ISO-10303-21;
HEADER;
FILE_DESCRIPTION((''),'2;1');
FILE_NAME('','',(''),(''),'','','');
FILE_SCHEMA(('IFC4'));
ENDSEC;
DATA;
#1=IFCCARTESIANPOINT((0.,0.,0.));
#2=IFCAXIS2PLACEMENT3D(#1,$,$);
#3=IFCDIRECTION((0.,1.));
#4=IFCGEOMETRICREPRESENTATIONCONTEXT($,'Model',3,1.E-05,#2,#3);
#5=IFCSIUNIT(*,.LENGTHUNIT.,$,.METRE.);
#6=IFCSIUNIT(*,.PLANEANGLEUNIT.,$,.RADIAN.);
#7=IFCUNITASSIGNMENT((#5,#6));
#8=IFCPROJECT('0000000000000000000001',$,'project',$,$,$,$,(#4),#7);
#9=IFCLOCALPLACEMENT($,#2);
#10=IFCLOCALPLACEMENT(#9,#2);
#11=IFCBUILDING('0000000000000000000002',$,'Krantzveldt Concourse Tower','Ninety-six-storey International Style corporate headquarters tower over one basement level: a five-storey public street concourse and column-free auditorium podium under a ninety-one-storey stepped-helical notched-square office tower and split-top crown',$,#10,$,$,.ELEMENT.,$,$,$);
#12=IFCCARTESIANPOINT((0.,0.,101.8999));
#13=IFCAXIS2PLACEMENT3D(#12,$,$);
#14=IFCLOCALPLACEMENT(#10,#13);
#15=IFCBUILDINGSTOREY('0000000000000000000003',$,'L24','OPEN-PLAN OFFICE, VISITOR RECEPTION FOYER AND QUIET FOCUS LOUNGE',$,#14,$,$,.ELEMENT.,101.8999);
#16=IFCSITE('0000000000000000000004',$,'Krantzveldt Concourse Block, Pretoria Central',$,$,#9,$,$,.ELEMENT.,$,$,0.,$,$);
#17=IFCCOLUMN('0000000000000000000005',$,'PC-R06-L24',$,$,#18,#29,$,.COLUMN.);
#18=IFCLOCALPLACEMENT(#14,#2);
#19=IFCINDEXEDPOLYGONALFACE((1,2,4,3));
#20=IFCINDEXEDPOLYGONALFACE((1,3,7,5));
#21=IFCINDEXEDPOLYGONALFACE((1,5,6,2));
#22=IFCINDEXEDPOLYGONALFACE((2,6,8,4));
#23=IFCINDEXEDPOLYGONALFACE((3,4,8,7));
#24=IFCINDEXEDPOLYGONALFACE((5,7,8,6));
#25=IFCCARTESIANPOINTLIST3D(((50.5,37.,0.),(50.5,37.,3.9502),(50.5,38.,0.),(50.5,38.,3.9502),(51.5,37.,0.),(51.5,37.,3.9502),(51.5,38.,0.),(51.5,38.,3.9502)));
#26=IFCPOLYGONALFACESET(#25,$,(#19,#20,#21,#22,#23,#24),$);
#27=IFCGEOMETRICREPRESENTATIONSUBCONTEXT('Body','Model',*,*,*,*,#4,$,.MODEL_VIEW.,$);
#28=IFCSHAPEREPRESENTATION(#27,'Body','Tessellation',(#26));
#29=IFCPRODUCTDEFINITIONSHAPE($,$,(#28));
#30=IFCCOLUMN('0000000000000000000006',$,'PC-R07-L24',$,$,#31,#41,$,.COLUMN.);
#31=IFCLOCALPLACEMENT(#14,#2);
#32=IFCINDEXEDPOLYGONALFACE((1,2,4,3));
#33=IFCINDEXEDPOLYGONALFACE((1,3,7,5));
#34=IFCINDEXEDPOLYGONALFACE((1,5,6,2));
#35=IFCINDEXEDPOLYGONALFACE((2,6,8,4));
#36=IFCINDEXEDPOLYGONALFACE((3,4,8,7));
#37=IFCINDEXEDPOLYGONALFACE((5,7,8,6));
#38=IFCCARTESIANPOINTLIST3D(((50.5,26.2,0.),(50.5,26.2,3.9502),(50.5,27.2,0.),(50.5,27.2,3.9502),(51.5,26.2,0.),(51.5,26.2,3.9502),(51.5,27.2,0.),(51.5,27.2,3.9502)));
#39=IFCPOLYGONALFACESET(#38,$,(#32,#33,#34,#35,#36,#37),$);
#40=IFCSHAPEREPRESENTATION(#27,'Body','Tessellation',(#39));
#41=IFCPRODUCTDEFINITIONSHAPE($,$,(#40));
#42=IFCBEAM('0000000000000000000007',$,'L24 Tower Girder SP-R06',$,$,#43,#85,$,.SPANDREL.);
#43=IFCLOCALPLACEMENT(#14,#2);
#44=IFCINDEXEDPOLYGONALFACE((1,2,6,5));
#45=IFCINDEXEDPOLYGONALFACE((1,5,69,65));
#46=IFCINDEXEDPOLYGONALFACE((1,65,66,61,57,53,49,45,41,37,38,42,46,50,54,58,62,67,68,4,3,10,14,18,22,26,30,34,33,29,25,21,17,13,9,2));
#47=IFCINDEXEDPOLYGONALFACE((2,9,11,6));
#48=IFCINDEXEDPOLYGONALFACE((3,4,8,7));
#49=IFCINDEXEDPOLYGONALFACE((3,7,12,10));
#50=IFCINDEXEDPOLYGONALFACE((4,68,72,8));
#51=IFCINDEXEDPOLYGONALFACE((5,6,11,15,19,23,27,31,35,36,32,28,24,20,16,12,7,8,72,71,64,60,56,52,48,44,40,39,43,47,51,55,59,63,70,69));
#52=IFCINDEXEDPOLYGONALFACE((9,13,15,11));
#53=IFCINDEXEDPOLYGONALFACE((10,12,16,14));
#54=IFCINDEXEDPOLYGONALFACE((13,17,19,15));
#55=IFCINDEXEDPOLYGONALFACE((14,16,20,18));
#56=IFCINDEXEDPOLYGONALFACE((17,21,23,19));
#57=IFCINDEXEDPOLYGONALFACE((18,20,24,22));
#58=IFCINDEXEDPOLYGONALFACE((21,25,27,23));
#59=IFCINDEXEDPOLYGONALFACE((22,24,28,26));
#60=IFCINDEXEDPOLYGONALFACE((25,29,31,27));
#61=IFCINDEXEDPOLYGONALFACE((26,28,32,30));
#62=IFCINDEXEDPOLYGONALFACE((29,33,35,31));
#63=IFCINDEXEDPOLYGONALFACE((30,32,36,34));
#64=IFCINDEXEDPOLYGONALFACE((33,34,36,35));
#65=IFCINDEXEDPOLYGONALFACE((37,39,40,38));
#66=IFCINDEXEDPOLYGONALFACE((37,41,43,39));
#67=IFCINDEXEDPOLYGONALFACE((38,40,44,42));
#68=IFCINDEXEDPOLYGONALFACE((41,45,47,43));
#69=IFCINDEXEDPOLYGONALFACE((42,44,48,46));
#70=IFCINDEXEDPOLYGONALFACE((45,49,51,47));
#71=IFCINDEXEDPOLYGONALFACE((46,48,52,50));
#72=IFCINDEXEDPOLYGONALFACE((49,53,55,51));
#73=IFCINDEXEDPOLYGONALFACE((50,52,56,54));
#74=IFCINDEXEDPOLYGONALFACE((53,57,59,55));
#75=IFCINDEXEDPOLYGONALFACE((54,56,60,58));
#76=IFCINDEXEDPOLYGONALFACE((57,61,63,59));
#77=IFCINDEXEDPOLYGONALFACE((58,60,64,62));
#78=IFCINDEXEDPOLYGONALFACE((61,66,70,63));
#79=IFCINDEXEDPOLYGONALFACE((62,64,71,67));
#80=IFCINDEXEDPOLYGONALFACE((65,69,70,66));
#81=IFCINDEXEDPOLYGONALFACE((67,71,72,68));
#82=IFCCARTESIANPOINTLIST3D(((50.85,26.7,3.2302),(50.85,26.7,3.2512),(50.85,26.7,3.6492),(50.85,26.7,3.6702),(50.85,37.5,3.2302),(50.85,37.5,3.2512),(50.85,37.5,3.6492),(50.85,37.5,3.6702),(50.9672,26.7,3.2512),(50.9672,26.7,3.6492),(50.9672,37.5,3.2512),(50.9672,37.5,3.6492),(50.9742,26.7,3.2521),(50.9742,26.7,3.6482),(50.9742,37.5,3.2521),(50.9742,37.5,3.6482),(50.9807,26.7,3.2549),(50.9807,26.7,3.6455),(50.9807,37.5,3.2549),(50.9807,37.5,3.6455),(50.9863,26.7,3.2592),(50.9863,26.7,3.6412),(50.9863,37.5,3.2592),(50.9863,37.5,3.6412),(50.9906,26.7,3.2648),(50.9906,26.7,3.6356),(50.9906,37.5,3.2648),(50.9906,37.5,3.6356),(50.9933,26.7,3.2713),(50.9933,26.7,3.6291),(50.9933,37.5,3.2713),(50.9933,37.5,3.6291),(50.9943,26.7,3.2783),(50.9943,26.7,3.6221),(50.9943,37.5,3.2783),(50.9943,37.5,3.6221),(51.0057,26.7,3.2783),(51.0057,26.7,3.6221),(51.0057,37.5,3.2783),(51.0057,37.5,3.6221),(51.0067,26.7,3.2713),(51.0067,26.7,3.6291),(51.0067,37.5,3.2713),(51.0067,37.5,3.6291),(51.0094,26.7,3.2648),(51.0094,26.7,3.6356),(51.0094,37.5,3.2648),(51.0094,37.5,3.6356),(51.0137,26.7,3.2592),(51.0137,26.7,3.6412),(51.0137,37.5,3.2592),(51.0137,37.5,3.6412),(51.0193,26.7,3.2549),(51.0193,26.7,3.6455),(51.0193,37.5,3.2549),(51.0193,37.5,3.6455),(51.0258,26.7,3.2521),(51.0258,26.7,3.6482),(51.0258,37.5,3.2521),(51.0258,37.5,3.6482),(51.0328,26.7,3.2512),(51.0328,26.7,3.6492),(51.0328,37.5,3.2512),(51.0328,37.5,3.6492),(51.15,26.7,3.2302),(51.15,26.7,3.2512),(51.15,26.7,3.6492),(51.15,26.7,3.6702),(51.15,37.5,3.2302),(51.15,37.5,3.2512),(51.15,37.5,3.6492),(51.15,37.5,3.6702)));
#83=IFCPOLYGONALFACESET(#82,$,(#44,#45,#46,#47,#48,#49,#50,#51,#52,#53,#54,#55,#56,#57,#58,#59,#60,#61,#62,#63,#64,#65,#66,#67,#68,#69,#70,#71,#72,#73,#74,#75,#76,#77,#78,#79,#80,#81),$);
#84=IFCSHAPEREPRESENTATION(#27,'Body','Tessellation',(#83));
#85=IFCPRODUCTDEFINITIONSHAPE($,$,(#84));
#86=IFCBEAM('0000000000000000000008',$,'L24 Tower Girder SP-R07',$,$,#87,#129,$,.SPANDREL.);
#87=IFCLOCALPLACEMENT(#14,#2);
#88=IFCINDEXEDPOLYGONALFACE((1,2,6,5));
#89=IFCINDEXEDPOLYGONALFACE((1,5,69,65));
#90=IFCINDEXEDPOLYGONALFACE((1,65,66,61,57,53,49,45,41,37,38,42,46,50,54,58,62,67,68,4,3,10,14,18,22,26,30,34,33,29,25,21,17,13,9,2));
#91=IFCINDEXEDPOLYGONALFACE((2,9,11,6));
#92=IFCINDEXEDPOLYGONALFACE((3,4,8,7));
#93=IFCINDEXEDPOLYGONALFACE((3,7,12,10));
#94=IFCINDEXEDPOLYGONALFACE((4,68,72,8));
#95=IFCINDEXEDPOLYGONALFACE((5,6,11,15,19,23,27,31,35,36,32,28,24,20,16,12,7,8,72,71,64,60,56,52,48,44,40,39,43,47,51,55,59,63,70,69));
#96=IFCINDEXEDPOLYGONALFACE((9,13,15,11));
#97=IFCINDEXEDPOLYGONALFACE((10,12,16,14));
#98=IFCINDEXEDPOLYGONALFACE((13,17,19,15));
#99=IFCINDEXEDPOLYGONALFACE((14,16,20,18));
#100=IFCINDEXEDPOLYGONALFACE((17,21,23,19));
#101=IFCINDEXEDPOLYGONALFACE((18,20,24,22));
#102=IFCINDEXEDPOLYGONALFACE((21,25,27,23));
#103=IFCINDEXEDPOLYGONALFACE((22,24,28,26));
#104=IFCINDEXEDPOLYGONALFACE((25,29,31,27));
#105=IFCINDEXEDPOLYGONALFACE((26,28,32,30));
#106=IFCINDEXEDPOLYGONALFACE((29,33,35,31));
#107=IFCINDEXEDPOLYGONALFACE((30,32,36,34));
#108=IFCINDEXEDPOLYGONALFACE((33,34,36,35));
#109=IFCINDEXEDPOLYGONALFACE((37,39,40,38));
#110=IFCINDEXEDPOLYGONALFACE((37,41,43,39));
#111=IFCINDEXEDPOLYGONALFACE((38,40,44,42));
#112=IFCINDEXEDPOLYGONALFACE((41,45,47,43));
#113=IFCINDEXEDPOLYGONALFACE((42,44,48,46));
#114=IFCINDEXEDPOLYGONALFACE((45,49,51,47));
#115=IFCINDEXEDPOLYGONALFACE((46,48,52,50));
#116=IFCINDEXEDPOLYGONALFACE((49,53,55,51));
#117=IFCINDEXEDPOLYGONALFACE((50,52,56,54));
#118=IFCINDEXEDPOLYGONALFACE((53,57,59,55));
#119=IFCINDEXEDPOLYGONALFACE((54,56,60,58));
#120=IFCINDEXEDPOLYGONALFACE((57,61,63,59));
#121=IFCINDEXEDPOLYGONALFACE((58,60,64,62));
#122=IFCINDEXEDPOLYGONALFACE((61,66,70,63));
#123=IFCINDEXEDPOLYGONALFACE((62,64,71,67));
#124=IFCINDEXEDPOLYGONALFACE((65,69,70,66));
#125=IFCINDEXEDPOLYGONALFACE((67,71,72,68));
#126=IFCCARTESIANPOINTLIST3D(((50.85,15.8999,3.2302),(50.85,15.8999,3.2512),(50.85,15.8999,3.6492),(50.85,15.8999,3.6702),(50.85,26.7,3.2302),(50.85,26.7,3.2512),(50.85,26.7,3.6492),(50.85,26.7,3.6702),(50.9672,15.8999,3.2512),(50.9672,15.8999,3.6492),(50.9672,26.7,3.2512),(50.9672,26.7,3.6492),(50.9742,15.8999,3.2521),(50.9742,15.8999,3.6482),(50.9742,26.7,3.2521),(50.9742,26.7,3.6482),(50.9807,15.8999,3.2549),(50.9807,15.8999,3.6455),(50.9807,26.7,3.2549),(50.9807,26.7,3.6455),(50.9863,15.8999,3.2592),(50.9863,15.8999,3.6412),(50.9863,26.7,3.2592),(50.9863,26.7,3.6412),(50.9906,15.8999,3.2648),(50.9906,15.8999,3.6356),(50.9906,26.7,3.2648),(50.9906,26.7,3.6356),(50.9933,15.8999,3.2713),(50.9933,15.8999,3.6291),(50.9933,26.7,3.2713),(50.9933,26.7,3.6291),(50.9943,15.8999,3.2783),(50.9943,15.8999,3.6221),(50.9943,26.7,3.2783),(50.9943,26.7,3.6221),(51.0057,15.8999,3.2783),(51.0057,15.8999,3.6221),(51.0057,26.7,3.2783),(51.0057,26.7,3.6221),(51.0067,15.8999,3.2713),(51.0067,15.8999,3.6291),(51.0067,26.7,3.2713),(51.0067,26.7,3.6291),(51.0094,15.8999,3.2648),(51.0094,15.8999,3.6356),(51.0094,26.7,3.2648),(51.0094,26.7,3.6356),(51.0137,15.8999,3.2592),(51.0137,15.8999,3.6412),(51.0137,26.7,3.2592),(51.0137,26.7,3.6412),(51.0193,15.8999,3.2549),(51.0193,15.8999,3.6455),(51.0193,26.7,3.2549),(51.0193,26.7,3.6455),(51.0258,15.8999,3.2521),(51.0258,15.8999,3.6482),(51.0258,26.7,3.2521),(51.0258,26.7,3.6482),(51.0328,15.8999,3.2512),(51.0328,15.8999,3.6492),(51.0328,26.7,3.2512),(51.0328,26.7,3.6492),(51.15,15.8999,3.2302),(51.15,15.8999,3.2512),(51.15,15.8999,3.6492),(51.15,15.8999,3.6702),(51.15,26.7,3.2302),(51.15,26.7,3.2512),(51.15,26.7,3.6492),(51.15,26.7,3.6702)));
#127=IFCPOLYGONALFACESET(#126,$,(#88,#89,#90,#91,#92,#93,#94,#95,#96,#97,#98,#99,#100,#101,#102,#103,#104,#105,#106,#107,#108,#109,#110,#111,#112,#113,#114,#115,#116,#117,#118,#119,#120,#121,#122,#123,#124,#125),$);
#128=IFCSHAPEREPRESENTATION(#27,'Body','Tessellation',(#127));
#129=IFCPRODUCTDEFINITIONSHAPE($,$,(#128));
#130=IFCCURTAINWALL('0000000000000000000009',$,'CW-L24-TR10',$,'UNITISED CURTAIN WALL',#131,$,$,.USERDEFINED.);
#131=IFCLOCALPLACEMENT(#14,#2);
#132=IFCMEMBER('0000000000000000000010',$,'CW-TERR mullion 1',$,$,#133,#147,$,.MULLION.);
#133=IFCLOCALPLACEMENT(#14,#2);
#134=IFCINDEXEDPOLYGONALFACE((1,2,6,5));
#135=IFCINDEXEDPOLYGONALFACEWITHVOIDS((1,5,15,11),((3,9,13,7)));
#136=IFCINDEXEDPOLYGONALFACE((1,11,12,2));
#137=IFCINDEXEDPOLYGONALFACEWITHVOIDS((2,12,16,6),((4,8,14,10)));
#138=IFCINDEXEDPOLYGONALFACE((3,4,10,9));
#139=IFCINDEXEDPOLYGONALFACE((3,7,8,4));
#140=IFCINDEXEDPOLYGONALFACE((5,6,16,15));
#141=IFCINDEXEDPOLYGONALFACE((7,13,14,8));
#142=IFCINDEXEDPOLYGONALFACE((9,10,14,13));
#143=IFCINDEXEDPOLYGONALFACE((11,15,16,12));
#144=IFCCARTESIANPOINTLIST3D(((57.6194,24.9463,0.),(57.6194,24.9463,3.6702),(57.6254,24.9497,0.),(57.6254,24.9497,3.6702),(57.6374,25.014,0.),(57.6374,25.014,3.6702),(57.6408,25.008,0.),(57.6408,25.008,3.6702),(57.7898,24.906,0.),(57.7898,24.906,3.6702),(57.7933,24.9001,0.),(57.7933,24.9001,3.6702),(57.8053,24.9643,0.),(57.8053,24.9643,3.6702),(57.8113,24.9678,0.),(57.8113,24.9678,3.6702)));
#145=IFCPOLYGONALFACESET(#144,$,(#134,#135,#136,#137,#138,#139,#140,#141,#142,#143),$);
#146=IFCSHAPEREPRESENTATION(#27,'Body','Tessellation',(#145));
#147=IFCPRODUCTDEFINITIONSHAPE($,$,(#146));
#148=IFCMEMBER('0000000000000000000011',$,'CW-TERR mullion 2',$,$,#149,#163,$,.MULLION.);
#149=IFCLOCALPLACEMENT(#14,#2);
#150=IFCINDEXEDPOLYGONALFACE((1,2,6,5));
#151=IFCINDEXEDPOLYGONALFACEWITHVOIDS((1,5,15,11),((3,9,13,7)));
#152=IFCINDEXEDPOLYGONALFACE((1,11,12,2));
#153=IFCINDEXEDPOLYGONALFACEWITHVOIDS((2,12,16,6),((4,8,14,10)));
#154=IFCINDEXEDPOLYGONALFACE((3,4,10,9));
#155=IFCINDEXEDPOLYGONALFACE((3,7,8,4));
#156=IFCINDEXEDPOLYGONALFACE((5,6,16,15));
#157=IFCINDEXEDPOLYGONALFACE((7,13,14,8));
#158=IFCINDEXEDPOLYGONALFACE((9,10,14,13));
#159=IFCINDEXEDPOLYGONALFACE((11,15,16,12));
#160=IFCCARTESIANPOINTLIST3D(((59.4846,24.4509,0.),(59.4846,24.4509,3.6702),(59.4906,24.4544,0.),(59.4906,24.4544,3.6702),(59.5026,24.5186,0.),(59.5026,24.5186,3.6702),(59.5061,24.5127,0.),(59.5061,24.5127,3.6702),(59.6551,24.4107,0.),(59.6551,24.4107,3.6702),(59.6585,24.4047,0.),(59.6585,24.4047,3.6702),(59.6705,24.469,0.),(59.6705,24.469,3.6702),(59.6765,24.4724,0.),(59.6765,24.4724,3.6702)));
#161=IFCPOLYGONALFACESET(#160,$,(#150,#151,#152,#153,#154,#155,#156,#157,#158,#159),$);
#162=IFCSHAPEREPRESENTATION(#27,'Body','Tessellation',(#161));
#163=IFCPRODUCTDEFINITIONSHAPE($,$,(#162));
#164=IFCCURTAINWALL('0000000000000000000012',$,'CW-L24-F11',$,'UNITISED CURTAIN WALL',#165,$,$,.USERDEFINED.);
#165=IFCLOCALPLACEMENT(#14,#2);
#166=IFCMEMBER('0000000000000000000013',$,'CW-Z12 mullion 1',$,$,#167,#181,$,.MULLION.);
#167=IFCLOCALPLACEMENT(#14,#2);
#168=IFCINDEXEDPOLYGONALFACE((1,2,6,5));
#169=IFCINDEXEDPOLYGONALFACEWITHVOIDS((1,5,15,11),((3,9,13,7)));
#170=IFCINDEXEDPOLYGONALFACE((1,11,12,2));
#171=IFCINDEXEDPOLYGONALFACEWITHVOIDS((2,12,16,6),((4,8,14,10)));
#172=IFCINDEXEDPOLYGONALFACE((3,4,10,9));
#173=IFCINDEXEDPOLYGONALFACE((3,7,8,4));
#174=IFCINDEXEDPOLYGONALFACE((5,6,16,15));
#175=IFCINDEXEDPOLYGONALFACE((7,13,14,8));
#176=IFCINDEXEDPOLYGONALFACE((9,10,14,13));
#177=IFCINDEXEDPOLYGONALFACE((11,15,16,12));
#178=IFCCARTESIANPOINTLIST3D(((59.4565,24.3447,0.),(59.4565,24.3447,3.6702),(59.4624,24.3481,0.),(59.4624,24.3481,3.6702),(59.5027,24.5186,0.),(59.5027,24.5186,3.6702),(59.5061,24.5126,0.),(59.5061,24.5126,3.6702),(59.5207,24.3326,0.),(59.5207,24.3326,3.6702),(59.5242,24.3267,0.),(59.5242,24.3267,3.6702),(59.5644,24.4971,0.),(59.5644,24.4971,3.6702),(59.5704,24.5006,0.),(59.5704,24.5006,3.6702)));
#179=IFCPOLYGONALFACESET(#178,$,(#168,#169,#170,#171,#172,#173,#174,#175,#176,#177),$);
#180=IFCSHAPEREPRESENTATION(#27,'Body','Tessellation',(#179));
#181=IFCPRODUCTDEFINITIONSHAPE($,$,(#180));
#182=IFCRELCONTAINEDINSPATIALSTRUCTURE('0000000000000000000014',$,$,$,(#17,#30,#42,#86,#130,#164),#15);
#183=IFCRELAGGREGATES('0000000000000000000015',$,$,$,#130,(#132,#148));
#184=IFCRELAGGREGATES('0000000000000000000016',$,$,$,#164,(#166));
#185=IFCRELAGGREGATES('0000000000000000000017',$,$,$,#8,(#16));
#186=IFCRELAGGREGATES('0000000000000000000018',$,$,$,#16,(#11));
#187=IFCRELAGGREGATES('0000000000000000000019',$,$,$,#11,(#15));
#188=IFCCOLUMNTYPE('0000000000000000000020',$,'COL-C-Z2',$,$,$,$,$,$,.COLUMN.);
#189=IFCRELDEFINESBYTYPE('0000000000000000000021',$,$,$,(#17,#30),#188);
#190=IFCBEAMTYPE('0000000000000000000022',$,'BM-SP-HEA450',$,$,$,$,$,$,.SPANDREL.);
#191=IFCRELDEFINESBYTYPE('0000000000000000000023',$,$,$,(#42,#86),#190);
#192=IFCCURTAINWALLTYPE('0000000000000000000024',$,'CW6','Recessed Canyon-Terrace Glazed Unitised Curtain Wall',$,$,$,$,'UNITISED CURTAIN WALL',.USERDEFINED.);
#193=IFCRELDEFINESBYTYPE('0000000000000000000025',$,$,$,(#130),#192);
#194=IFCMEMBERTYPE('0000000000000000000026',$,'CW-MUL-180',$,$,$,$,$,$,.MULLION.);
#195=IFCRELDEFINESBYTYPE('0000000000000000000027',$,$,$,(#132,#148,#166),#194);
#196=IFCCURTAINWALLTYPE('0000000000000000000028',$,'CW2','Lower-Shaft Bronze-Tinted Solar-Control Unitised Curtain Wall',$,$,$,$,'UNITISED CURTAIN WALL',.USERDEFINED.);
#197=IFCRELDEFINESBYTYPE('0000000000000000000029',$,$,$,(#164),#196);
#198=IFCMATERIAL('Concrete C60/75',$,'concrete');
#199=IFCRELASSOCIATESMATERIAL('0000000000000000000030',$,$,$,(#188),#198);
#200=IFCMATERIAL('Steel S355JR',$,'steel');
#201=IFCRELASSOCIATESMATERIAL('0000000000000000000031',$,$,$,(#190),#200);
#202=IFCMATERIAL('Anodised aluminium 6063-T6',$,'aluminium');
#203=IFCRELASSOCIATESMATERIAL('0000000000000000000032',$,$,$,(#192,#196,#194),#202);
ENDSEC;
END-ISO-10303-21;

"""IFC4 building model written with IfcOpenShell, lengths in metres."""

from ifc_helpers import new_model, si_unit, direction, frame, origin, origin_2d, place, context, subcontext, project, spatial, rectangle, hollow_rectangle, i_section, extrude, source, transform, mapped, material, material_profile, profile_set, type_object, type_shapes, element, aggregate, save


model = new_model("IFC4")

# Units and contexts
model_context = context("Model", 3, precision=1e-05, world=origin(), true_north=direction((0.0, 1.0)))
body_context = subcontext(model_context, "Body", "Model", "MODEL_VIEW")
ifc_project = project(units=[si_unit("LENGTHUNIT", "METRE"), si_unit("PLANEANGLEUNIT", "RADIAN")], contexts=[model_context])

# Site, building, storey
site_placement = place(None, origin())
site = spatial("IfcSite", under=ifc_project, at=site_placement, Name="Krantzveldt Concourse Block, Pretoria Central", CompositionType="ELEMENT", RefElevation=0.0)
building_placement = place(site_placement, origin())
building = spatial("IfcBuilding", under=site, at=building_placement, Name="Krantzveldt Concourse Tower", Description="Ninety-six-storey International Style corporate headquarters tower over one basement level: a five-storey public street concourse and column-free auditorium podium under a ninety-one-storey stepped-helical notched-square office tower and split-top crown", CompositionType="ELEMENT")
storey_placement = place(building_placement, frame((0.0, 0.0, 101.8999)))
storey = spatial("IfcBuildingStorey", under=building, at=storey_placement, Name="L24", Description="OPEN-PLAN OFFICE, VISITOR RECEPTION FOYER AND QUIET FOCUS LOUNGE", CompositionType="ELEMENT", Elevation=101.8999)

# Columns
ifc_material_1 = material(Name="Concrete C60/75", Category="concrete")
ifc_material_profile_1 = material_profile(ifc_material_1, rectangle(XDim=1.0, YDim=1.0, at=origin_2d()), Name="Concrete C60/75", Category="concrete")
ifc_profile_set_1 = profile_set([ifc_material_profile_1], Name="Concrete C60/75 - RC 1000x1000")
column_type = type_object("IfcColumnType", Name="COL-C-Z2", PredefinedType="COLUMN", material=ifc_profile_set_1)
shared_shape_1 = source(origin(), body_context, "Body", "SweptSolid", [
    extrude(rectangle(XDim=1.0, YDim=1.0, at=origin_2d()), origin(), (0.0, 0.0, 1.0), 3.9502),
])
type_shapes(column_type, [shared_shape_1])
for number, where, z_axis, x_axis, name in (
    (1, (51.0, 37.5, 0.0), (0.0, 0.0, 1.0), (1.0, 0.0, 0.0), "PC-R06-L24"),
    (2, (51.0, 26.7, 0.0), (0.0, 0.0, 1.0), (1.0, 0.0, 0.0), "PC-R07-L24"),
):
    element("IfcColumn", number, at=place(storey_placement, frame(where, z_axis=z_axis, x_axis=x_axis)), inside=storey, type_object=column_type, Name=name, PredefinedType="COLUMN", context=body_context, shape_type="MappedRepresentation", body=[
        mapped(shared_shape_1, transform((0.0, 0.0, 0.0), x_axis=(1.0, 0.0, 0.0), y_axis=(0.0, 1.0, 0.0), z_axis=(0.0, 0.0, 1.0), scale=1.0)),
    ])

# Beams
ifc_material_2 = material(Name="Steel S355JR", Category="steel")
ifc_material_profile_2 = material_profile(ifc_material_2, i_section(OverallWidth=0.3, OverallDepth=0.4399, WebThickness=0.0115, FlangeThickness=0.021, FilletRadius=0.0271, at=origin_2d()), Name="Steel S355JR", Category="steel")
ifc_profile_set_2 = profile_set([ifc_material_profile_2], Name="Steel S355JR - HEA 450")
beam_type = type_object("IfcBeamType", Name="BM-SP-HEA450", PredefinedType="SPANDREL", material=ifc_profile_set_2)
shared_shape_2 = source(origin(), body_context, "Body", "SweptSolid", [
    extrude(i_section(OverallWidth=0.3, OverallDepth=0.4399, WebThickness=0.0115, FlangeThickness=0.021, FilletRadius=0.0271, at=origin_2d()), origin(), (0.0, 0.0, 1.0), 10.8),
])
type_shapes(beam_type, [shared_shape_2])
for number, where, z_axis, x_axis, name in (
    (3, (51.0, 37.5, 3.4502), (0.0, -1.0, 0.0), (1.0, 0.0, 0.0), "L24 Tower Girder SP-R06"),
    (4, (51.0, 26.7, 3.4502), (0.0, -1.0, 0.0), (1.0, 0.0, 0.0), "L24 Tower Girder SP-R07"),
):
    element("IfcBeam", number, at=place(storey_placement, frame(where, z_axis=z_axis, x_axis=x_axis)), inside=storey, type_object=beam_type, Name=name, PredefinedType="SPANDREL", context=body_context, shape_type="MappedRepresentation", body=[
        mapped(shared_shape_2, transform((0.0, 0.0, 0.0), x_axis=(1.0, 0.0, 0.0), y_axis=(0.0, 1.0, 0.0), z_axis=(0.0, 0.0, 1.0), scale=1.0)),
    ])

# Curtain walls, members
ifc_material_3 = material(Name="Anodised aluminium 6063-T6", Category="aluminium")
curtain_wall_type_1 = type_object("IfcCurtainWallType", Name="CW6", Description="Recessed Canyon-Terrace Glazed Unitised Curtain Wall", ElementType="UNITISED CURTAIN WALL", PredefinedType="USERDEFINED", material=ifc_material_3)
curtain_wall_1_placement = place(storey_placement, origin())
curtain_wall_1 = element("IfcCurtainWall", 5, at=curtain_wall_1_placement, inside=storey, type_object=curtain_wall_type_1, Name="CW-L24-TR10", ObjectType="UNITISED CURTAIN WALL", PredefinedType="USERDEFINED")
ifc_material_profile_3 = material_profile(ifc_material_3, hollow_rectangle(XDim=0.0701, YDim=0.1799, WallThickness=0.0049, at=origin_2d()), Name="Anodised aluminium 6063-T6", Category="aluminium")
ifc_profile_set_3 = profile_set([ifc_material_profile_3], Name="Anodised aluminium 6063-T6 - ALU-MULL 180x70x5")
member_type_1 = type_object("IfcMemberType", Name="CW-MUL-180", PredefinedType="MULLION", material=ifc_profile_set_3)
shared_shape_3 = source(origin(), body_context, "Body", "SweptSolid", [
    extrude(hollow_rectangle(XDim=0.0701, YDim=0.1799, WallThickness=0.0049, at=origin_2d()), origin(), (0.0, 0.0, 1.0), 3.6702),
])
type_shapes(member_type_1, [shared_shape_3])
member_1_placement = place(storey_placement, frame((57.7153, 24.957, 0.0), z_axis=(0.0, 0.0, 1.0), x_axis=(0.25671, 0.966489, 0.0)))
member_1 = element("IfcMember", 6, at=member_1_placement, type_object=member_type_1, Name="CW-TERR mullion 1", PredefinedType="MULLION", context=body_context, shape_type="MappedRepresentation", body=[
    mapped(shared_shape_3, transform((0.0, 0.0, 0.0), x_axis=(1.0, 0.0, 0.0), y_axis=(0.0, 1.0, 0.0), z_axis=(0.0, 0.0, 1.0), scale=1.0)),
])
member_2_placement = place(storey_placement, frame((59.5806, 24.4617, 0.0), z_axis=(0.0, 0.0, 1.0), x_axis=(0.25671, 0.966489, 0.0)))
member_2 = element("IfcMember", 7, at=member_2_placement, type_object=member_type_1, Name="CW-TERR mullion 2", PredefinedType="MULLION", context=body_context, shape_type="MappedRepresentation", body=[
    mapped(shared_shape_3, transform((0.0, 0.0, 0.0), x_axis=(1.0, 0.0, 0.0), y_axis=(0.0, 1.0, 0.0), z_axis=(0.0, 0.0, 1.0), scale=1.0)),
])
curtain_wall_type_2 = type_object("IfcCurtainWallType", Name="CW2", Description="Lower-Shaft Bronze-Tinted Solar-Control Unitised Curtain Wall", ElementType="UNITISED CURTAIN WALL", PredefinedType="USERDEFINED", material=ifc_material_3)
curtain_wall_2_placement = place(storey_placement, origin())
curtain_wall_2 = element("IfcCurtainWall", 8, at=curtain_wall_2_placement, inside=storey, type_object=curtain_wall_type_2, Name="CW-L24-F11", ObjectType="UNITISED CURTAIN WALL", PredefinedType="USERDEFINED")
member_3_placement = place(storey_placement, frame((59.5134, 24.4226, 0.0), z_axis=(0.0, 0.0, 1.0), x_axis=(-0.966488, 0.256711, 0.0)))
member_3 = element("IfcMember", 9, at=member_3_placement, type_object=member_type_1, Name="CW-Z12 mullion 1", PredefinedType="MULLION", context=body_context, shape_type="MappedRepresentation", body=[
    mapped(shared_shape_3, transform((0.0, 0.0, 0.0), x_axis=(1.0, 0.0, 0.0), y_axis=(0.0, 1.0, 0.0), z_axis=(0.0, 0.0, 1.0), scale=1.0)),
])

aggregate(curtain_wall_1, [member_1, member_2])
aggregate(curtain_wall_2, [member_3])

save(model, "model.ifc")
